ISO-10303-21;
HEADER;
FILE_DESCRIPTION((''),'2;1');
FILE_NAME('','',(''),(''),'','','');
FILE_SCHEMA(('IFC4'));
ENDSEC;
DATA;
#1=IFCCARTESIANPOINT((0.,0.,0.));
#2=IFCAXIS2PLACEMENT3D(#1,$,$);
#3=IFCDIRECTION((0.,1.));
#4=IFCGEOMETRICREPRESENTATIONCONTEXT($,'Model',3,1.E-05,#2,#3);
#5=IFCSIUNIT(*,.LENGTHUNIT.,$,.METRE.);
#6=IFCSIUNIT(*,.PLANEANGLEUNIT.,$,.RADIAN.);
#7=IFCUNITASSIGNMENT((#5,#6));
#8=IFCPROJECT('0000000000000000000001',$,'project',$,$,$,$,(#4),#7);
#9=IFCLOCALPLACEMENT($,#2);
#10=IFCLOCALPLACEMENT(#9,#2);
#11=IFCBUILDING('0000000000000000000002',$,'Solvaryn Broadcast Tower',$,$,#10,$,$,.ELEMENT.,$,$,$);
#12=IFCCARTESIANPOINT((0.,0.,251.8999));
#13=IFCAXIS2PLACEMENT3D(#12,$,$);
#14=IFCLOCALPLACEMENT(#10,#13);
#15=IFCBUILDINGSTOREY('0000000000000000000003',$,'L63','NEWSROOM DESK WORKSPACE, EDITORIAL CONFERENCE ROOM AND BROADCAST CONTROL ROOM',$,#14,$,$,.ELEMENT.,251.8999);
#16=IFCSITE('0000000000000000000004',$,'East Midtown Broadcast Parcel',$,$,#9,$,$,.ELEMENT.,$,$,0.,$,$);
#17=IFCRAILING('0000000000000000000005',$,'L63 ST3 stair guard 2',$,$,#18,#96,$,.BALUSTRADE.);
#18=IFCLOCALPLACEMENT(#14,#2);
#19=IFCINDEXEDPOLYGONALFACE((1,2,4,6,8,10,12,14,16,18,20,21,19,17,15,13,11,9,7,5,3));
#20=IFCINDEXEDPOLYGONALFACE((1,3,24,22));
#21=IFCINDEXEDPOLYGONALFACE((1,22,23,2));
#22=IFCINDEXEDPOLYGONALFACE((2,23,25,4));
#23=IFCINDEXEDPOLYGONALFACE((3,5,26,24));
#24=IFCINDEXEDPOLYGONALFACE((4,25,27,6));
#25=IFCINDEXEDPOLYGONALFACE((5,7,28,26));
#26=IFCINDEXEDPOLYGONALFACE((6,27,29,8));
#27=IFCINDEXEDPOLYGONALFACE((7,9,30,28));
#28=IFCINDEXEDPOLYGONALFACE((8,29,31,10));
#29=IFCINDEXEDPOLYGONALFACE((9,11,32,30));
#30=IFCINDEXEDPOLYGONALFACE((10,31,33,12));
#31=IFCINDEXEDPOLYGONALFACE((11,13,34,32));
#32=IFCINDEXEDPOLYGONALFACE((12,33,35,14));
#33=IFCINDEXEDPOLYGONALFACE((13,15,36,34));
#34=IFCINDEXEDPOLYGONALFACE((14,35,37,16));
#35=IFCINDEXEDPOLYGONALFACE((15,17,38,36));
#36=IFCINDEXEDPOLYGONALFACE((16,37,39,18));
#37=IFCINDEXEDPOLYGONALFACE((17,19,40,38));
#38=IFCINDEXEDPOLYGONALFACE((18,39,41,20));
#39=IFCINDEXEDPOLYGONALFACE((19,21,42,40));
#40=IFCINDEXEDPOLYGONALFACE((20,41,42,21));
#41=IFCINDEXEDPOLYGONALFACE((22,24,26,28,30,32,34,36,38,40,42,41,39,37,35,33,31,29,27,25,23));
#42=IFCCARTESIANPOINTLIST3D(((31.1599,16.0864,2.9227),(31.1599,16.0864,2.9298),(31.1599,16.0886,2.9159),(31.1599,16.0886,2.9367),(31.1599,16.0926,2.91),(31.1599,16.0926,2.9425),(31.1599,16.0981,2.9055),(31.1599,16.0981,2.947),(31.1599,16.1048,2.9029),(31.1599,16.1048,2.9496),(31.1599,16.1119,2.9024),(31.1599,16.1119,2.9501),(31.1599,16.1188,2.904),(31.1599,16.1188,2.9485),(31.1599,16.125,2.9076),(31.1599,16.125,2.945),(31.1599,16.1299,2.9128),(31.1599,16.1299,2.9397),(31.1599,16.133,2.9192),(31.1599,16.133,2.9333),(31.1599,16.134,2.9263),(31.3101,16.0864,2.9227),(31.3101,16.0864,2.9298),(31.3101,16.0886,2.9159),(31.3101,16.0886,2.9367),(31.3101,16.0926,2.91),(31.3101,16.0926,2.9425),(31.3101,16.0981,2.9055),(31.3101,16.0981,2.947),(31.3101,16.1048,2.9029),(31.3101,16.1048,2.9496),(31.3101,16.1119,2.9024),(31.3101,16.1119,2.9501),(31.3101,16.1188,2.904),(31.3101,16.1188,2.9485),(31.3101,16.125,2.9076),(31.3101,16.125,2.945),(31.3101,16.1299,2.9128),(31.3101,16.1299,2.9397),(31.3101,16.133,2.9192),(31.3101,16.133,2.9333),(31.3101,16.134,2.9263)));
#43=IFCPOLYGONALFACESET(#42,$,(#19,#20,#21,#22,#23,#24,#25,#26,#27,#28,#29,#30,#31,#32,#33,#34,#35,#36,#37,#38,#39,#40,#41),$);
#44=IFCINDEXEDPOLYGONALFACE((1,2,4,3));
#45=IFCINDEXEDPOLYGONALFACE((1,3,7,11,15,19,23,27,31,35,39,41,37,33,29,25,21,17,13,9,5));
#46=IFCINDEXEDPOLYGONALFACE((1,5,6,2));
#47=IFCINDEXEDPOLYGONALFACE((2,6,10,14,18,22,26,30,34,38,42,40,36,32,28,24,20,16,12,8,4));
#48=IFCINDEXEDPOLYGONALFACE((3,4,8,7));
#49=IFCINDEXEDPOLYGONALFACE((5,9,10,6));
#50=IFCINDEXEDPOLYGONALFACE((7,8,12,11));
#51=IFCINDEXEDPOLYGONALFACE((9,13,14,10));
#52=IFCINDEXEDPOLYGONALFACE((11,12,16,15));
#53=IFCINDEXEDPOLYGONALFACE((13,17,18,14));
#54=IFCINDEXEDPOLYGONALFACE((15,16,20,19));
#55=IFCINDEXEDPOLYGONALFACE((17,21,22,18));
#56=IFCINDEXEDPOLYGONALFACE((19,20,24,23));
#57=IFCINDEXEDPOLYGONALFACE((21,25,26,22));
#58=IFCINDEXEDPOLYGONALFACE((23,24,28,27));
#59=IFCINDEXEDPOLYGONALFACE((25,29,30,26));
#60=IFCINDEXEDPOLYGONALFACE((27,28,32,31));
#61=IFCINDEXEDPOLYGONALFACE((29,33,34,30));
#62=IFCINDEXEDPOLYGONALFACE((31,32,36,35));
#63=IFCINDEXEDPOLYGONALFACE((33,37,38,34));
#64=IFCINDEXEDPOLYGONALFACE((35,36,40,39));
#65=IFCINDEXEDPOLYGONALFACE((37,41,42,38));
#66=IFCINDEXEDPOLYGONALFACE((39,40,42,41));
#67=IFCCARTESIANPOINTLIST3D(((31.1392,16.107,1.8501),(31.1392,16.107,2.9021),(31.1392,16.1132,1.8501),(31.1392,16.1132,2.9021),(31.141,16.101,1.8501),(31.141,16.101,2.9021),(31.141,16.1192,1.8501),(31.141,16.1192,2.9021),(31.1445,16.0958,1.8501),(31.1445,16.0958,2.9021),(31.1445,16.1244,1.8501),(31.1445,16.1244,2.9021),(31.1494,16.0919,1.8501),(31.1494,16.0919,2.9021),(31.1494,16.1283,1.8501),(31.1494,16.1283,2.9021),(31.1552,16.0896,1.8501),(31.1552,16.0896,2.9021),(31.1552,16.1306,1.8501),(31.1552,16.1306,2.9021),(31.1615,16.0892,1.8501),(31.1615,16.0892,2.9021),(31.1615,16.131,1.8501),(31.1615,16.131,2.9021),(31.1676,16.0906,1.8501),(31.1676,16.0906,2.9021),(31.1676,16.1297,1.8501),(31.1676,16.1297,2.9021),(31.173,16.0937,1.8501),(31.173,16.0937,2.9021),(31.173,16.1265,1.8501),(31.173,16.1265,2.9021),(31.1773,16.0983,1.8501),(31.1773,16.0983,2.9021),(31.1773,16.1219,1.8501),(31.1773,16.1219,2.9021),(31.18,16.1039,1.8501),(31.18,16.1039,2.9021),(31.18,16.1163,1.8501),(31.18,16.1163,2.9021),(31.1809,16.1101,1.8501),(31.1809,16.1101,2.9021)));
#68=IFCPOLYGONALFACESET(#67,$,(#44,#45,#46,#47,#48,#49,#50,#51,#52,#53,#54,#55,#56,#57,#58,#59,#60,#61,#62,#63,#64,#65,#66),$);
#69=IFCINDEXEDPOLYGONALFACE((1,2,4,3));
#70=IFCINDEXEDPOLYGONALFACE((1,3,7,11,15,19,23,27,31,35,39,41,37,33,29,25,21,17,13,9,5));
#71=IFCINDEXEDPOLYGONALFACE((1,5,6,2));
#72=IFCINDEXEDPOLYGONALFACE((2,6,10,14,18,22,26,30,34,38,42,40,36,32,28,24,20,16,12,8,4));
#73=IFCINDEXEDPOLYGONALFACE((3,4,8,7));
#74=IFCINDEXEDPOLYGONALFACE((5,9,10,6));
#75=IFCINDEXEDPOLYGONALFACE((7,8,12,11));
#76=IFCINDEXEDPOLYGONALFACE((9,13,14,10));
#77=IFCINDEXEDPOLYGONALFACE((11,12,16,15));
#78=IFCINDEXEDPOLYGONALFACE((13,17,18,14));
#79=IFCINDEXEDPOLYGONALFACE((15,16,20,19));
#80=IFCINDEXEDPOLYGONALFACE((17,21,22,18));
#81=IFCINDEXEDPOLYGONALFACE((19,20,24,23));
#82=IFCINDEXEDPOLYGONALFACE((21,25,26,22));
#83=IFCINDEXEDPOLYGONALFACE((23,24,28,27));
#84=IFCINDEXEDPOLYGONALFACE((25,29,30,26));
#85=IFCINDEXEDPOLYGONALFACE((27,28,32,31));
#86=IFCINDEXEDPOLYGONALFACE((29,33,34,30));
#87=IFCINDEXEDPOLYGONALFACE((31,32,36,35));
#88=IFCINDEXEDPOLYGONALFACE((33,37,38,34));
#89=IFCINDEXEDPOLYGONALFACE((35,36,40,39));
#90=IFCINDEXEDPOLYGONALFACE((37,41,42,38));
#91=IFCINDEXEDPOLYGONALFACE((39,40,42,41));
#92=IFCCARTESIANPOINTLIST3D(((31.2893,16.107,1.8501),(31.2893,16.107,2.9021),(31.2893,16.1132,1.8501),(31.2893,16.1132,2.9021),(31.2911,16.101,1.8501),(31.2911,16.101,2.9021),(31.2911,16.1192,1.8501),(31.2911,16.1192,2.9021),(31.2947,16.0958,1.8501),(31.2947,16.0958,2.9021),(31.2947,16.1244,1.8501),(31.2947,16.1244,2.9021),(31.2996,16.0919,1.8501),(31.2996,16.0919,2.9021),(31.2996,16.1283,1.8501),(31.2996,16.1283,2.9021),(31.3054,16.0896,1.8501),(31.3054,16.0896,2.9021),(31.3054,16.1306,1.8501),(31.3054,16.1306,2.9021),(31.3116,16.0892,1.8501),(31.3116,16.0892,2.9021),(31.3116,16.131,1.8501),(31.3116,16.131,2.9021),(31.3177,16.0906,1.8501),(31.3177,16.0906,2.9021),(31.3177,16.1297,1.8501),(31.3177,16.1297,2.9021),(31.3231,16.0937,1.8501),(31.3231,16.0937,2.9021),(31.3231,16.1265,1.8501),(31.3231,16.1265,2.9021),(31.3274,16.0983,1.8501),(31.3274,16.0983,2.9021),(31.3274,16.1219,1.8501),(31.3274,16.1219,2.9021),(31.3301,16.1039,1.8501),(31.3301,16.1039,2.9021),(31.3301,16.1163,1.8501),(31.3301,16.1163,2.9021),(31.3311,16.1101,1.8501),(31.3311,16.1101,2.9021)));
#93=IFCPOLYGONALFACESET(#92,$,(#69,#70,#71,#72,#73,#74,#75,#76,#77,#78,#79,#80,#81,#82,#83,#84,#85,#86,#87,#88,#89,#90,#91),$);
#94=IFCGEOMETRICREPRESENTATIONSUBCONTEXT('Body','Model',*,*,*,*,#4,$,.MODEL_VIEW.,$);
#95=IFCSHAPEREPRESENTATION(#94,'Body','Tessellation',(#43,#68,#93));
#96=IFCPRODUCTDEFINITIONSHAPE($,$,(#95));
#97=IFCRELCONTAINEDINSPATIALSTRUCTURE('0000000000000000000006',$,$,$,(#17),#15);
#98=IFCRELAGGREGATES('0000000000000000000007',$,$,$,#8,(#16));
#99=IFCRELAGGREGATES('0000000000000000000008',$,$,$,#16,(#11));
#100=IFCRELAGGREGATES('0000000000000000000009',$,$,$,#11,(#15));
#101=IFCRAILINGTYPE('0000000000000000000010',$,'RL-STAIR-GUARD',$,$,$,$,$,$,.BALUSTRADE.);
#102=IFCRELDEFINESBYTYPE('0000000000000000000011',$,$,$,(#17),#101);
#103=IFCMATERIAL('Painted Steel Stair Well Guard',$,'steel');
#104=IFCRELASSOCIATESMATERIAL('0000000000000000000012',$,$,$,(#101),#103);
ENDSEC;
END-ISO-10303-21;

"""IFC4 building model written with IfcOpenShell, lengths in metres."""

from ifc_helpers import new_model, si_unit, direction, frame, origin, origin_2d, place, context, subcontext, project, spatial, circle, extrude, material, type_object, element, save


model = new_model("IFC4")

# Units and contexts
model_context = context("Model", 3, precision=1e-05, world=origin(), true_north=direction((0.0, 1.0)))
body_context = subcontext(model_context, "Body", "Model", "MODEL_VIEW")
ifc_project = project(units=[si_unit("LENGTHUNIT", "METRE"), si_unit("PLANEANGLEUNIT", "RADIAN")], contexts=[model_context])

# Site, building, storey
site_placement = place(None, origin())
site = spatial("IfcSite", under=ifc_project, at=site_placement, Name="East Midtown Broadcast Parcel", CompositionType="ELEMENT", RefElevation=0.0)
building_placement = place(site_placement, origin())
building = spatial("IfcBuilding", under=site, at=building_placement, Name="Solvaryn Broadcast Tower", CompositionType="ELEMENT")
storey_placement = place(building_placement, frame((0.0, 0.0, 251.8999)))
storey = spatial("IfcBuildingStorey", under=building, at=storey_placement, Name="L63", Description="NEWSROOM DESK WORKSPACE, EDITORIAL CONFERENCE ROOM AND BROADCAST CONTROL ROOM", CompositionType="ELEMENT", Elevation=251.8999)

# Railing
ifc_material_1 = material(Name="Painted Steel Stair Well Guard", Category="steel")
railing_type_1 = type_object("IfcRailingType", Name="RL-STAIR-GUARD", PredefinedType="BALUSTRADE", material=ifc_material_1)
railing_1_placement = place(storey_placement, frame((31.1599, 16.1101, 1.8501)))
element("IfcRailing", 1, at=railing_1_placement, inside=storey, type_object=railing_type_1, Name="L63 ST3 stair guard 2", PredefinedType="BALUSTRADE", context=body_context, shape_type="SweptSolid", body=[
    extrude(circle(Radius=0.0239, at=origin_2d()), frame((0.0, 0.0, 1.0762), z_axis=(1.0, 0.0, 0.0), x_axis=(0.0, 1.0, 0.0)), (0.0, 0.0, 1.0), 0.1501),
    extrude(circle(Radius=0.021, at=origin_2d()), origin(), (0.0, 0.0, 1.0), 1.052),
    extrude(circle(Radius=0.021, at=origin_2d()), frame((0.1501, 0.0, 0.0)), (0.0, 0.0, 1.0), 1.052),
])

save(model, "model.ifc")
